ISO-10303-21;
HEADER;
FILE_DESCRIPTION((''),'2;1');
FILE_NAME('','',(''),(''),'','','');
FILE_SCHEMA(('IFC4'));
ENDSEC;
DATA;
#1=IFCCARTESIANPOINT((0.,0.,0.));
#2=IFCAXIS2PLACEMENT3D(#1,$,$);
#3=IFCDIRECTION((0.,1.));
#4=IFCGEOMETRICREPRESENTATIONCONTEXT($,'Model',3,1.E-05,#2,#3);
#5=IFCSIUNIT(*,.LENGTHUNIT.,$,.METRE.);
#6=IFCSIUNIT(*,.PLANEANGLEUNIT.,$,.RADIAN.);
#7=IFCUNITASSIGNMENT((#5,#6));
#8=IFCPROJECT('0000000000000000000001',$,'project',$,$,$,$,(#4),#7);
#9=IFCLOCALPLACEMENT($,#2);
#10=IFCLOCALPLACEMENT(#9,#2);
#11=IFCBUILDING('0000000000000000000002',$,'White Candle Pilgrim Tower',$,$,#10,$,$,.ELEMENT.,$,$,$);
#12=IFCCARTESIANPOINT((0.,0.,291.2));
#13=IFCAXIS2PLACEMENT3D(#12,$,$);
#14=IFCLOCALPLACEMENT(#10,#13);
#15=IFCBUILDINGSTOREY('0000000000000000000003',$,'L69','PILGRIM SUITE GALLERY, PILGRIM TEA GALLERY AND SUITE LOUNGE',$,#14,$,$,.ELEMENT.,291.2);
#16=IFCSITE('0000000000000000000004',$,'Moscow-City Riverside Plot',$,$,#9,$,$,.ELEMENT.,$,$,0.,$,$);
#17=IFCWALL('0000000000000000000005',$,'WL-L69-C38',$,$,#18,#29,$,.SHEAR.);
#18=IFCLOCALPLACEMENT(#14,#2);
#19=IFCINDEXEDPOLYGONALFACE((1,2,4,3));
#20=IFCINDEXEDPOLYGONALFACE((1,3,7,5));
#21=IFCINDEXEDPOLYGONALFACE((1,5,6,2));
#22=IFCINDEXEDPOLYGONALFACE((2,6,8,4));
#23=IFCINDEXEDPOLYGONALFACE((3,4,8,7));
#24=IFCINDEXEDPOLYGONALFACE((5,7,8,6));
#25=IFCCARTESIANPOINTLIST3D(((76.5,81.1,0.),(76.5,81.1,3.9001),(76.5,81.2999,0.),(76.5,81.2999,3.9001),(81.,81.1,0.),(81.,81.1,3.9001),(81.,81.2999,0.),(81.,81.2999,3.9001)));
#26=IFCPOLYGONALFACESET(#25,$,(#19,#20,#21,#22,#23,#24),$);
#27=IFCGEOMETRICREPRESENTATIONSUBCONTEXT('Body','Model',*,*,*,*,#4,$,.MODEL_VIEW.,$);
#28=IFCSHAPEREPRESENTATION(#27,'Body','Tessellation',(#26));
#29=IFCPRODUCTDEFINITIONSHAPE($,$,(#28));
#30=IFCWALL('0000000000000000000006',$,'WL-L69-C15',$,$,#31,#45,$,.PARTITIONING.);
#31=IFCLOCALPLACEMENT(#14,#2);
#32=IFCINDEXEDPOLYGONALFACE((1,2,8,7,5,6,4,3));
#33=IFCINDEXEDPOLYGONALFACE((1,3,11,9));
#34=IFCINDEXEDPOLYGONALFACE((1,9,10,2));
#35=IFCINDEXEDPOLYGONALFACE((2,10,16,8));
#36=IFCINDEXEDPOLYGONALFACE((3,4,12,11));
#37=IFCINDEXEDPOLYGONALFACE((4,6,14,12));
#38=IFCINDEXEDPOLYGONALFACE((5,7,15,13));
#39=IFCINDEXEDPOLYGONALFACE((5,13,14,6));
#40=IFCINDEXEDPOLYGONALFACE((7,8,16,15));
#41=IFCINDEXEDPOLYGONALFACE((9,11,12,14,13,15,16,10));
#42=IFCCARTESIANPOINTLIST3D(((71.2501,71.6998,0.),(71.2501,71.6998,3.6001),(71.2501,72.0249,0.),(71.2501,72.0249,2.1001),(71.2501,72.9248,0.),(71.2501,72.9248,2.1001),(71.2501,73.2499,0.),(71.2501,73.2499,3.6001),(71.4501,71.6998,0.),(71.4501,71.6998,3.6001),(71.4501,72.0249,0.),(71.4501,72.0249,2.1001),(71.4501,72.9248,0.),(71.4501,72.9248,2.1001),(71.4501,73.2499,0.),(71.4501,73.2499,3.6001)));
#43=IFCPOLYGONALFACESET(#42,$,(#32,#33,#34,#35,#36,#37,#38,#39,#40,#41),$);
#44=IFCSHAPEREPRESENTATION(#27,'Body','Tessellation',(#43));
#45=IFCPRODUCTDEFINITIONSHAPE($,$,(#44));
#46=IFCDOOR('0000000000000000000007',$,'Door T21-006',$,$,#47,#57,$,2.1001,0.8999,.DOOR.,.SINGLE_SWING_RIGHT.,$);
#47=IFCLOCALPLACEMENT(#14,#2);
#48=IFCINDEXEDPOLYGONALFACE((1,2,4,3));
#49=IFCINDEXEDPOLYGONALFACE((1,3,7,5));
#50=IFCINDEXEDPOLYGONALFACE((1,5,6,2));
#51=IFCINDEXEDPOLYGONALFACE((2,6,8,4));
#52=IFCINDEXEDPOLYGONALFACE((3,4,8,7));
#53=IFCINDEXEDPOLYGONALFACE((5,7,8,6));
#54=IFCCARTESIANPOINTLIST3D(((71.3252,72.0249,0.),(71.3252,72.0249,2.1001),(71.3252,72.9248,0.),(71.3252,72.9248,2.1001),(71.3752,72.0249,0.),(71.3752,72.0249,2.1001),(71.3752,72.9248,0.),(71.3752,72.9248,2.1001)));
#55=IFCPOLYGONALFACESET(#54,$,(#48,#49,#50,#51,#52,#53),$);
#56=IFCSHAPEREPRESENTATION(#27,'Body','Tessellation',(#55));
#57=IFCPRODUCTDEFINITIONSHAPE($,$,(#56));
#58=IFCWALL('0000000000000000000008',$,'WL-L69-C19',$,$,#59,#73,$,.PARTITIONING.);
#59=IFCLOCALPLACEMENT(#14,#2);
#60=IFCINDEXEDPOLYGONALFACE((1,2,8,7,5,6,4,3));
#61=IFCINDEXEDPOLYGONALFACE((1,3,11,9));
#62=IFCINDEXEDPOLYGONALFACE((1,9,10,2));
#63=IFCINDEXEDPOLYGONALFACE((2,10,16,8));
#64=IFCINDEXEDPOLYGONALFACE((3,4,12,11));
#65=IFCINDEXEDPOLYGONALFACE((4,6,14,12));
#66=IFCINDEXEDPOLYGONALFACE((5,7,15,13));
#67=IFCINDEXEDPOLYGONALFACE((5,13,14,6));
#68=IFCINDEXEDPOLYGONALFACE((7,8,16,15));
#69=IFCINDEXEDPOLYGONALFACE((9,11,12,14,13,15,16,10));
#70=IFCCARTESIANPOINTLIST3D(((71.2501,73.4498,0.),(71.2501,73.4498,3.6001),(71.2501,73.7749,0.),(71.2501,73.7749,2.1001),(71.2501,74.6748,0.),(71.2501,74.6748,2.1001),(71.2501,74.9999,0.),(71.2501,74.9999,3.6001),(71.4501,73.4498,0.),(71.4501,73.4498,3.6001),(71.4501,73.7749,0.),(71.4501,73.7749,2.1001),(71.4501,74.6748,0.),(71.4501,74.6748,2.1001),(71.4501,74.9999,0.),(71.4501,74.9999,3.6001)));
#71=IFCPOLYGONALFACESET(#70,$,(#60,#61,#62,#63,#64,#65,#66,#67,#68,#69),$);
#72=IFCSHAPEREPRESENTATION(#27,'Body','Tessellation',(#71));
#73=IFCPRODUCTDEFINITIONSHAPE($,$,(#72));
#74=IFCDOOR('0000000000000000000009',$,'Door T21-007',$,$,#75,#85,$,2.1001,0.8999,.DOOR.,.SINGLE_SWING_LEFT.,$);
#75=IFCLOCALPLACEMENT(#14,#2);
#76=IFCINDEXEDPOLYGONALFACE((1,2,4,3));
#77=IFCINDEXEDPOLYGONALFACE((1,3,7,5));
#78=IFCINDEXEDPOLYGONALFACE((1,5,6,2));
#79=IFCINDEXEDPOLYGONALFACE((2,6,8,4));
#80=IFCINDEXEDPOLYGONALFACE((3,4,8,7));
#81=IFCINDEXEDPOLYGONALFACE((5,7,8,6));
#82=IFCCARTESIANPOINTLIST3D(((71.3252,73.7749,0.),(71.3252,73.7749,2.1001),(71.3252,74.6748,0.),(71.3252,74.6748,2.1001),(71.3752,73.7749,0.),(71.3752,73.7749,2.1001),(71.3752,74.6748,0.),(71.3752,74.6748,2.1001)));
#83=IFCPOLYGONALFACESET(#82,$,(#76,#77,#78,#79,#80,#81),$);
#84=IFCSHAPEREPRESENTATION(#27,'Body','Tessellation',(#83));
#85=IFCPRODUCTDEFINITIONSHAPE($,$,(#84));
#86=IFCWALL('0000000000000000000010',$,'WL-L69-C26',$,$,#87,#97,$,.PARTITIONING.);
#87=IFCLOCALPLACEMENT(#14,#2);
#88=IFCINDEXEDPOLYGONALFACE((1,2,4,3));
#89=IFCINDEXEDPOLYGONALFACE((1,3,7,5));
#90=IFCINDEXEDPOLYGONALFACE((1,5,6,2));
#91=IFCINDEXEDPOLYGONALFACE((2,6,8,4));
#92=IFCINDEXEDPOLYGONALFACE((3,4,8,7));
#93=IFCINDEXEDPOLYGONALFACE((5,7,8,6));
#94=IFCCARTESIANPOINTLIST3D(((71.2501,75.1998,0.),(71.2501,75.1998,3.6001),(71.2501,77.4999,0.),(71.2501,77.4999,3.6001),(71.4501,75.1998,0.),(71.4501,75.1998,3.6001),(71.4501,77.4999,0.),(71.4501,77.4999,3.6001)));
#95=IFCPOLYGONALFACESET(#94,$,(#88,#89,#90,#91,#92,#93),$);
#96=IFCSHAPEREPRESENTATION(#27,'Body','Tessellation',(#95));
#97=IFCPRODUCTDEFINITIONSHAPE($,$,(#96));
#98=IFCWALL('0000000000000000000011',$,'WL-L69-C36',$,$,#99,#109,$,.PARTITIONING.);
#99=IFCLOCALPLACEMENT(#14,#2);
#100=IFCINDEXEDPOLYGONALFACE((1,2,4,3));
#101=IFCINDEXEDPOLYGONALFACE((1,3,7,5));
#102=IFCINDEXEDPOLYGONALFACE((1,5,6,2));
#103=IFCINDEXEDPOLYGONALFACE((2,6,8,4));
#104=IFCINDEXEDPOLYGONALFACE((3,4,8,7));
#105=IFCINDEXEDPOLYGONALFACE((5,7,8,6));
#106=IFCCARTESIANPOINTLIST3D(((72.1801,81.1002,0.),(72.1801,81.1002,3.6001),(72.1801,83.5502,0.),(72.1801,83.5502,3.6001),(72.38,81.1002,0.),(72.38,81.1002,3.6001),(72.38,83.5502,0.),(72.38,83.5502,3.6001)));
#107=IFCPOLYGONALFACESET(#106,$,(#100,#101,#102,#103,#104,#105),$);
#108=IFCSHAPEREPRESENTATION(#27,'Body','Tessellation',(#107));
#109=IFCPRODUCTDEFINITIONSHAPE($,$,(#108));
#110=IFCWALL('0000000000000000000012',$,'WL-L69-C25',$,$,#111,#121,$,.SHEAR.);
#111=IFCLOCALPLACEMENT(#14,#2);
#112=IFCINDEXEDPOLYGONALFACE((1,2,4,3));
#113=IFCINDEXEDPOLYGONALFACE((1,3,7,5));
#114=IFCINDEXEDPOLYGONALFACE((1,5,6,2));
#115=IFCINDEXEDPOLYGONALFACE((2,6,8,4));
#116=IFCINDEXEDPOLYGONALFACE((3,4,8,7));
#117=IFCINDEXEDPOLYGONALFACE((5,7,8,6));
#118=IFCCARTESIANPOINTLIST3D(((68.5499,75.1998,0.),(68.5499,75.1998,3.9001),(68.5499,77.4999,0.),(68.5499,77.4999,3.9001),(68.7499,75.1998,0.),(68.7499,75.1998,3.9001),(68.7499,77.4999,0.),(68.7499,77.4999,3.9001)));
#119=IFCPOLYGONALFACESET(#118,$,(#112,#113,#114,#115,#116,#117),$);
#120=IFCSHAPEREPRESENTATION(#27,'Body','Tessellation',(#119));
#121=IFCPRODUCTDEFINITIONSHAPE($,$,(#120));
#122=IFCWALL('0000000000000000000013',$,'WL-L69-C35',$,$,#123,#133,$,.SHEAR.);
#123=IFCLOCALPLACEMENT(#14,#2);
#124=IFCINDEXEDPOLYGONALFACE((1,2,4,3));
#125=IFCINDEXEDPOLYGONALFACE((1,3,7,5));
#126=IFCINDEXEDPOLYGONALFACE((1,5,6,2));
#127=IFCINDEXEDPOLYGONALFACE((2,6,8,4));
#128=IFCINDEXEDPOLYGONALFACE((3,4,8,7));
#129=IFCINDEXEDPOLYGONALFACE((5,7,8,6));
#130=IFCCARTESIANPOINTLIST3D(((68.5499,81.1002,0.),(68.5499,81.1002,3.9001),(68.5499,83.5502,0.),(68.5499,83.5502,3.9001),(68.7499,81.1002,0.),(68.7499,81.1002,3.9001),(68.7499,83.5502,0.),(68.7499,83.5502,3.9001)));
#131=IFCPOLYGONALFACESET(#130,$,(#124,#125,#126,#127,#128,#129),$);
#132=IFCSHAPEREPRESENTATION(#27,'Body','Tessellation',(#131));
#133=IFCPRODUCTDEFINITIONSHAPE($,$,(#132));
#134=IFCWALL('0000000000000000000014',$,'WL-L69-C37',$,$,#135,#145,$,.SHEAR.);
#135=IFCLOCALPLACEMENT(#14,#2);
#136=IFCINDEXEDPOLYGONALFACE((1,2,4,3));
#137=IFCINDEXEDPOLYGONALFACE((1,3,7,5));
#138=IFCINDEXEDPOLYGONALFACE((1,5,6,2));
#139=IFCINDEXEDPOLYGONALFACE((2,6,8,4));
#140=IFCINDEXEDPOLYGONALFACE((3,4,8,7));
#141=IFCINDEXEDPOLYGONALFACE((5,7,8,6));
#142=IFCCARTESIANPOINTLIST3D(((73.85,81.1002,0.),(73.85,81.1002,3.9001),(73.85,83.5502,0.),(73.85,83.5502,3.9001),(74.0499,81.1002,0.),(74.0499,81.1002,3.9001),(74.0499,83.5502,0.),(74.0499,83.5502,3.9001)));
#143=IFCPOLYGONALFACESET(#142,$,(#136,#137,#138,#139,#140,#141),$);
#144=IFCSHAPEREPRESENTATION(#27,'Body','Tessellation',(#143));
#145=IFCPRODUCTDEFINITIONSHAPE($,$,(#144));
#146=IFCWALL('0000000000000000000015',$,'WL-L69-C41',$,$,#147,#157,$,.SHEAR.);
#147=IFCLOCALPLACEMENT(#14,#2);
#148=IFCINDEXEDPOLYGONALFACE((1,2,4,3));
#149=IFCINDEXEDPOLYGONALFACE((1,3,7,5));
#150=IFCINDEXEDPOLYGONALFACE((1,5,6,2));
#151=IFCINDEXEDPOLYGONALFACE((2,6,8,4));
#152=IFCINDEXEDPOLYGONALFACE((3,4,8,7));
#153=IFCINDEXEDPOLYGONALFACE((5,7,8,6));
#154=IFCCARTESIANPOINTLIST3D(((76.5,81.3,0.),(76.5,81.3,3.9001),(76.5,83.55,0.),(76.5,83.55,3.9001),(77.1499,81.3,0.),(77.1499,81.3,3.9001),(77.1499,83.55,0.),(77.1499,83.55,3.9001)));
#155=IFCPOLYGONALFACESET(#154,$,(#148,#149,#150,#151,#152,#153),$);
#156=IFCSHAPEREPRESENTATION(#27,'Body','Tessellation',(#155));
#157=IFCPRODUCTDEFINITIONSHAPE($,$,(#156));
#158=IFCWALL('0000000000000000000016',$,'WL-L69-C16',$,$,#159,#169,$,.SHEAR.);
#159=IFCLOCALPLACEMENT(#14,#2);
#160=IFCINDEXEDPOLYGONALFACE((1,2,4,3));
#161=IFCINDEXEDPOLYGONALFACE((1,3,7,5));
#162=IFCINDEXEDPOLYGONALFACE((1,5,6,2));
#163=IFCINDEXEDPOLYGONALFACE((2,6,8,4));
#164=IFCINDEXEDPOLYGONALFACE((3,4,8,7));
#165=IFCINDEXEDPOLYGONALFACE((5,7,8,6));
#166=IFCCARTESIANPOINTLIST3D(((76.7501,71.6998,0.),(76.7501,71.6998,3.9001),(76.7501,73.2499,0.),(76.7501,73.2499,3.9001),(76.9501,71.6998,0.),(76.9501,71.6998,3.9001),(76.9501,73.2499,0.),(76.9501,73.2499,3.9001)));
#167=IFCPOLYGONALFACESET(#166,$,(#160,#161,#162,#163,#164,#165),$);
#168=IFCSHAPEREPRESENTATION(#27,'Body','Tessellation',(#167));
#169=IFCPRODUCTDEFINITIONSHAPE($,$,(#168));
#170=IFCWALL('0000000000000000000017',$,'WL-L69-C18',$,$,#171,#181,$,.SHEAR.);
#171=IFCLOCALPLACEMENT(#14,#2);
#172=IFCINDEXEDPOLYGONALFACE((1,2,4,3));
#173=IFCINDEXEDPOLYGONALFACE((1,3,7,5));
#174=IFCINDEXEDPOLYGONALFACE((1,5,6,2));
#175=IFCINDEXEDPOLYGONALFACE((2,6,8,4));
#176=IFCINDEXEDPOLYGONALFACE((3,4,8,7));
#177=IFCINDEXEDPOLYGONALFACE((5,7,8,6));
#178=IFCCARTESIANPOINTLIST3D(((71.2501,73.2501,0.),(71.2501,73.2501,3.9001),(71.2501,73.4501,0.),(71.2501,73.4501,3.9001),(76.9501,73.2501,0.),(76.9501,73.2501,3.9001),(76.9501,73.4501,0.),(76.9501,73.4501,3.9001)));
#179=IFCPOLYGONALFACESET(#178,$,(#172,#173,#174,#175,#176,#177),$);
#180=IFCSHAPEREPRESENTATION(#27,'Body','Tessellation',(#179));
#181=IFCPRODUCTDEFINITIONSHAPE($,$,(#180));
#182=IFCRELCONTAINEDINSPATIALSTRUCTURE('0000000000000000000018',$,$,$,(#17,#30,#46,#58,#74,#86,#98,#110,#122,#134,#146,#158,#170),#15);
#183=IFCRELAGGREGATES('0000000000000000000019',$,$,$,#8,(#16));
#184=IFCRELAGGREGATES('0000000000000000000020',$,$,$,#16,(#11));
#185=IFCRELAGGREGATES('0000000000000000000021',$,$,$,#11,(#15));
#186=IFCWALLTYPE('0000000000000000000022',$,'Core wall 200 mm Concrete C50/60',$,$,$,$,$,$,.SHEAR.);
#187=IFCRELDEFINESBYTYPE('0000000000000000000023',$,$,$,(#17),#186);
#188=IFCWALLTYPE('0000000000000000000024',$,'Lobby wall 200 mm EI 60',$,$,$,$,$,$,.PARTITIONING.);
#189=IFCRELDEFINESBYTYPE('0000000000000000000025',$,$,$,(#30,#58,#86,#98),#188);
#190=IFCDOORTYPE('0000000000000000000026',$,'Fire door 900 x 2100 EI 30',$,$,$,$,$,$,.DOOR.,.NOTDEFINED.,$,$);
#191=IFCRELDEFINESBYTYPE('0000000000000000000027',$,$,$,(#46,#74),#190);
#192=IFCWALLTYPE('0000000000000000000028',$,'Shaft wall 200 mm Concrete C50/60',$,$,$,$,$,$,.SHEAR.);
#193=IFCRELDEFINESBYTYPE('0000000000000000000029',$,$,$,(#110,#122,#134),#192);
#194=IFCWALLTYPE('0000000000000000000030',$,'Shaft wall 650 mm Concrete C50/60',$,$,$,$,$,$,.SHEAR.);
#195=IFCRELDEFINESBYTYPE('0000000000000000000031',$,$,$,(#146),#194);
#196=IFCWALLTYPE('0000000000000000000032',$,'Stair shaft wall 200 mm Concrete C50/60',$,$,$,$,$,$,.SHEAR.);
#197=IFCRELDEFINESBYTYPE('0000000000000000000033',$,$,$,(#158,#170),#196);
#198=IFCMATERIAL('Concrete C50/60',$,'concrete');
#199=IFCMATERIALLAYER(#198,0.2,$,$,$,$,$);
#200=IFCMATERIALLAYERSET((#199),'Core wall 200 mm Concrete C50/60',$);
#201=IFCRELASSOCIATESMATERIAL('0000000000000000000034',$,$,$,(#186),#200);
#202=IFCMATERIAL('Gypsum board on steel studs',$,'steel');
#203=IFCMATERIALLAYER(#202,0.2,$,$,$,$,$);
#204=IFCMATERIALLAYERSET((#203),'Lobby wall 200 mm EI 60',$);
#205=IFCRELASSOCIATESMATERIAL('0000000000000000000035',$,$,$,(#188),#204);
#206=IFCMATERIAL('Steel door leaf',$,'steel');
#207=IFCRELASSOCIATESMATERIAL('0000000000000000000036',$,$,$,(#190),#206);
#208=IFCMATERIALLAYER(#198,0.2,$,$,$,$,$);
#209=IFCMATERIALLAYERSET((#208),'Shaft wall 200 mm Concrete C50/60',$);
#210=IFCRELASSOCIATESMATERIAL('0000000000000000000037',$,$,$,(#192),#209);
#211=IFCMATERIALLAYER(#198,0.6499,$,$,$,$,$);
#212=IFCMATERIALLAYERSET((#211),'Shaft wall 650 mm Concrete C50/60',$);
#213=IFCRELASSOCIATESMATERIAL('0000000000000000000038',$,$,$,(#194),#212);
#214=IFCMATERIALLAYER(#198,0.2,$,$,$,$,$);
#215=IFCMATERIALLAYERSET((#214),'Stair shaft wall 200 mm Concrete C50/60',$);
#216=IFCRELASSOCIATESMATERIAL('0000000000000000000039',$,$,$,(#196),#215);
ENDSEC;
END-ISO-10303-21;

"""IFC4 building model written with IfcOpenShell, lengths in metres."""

from ifc_helpers import new_model, si_unit, direction, frame, frame_2d, origin, place, context, subcontext, project, spatial, rectangle, extrude, material, layer, layer_set, type_object, element, fill, save


model = new_model("IFC4")

# Units and contexts
model_context = context("Model", 3, precision=1e-05, world=origin(), true_north=direction((0.0, 1.0)))
body_context = subcontext(model_context, "Body", "Model", "MODEL_VIEW")
ifc_project = project(units=[si_unit("LENGTHUNIT", "METRE"), si_unit("PLANEANGLEUNIT", "RADIAN")], contexts=[model_context])

# Site, building, storey
site_placement = place(None, origin())
site = spatial("IfcSite", under=ifc_project, at=site_placement, Name="Moscow-City Riverside Plot", CompositionType="ELEMENT", RefElevation=0.0)
building_placement = place(site_placement, origin())
building = spatial("IfcBuilding", under=site, at=building_placement, Name="White Candle Pilgrim Tower", CompositionType="ELEMENT")
storey_placement = place(building_placement, frame((0.0, 0.0, 291.2)))
storey = spatial("IfcBuildingStorey", under=building, at=storey_placement, Name="L69", Description="PILGRIM SUITE GALLERY, PILGRIM TEA GALLERY AND SUITE LOUNGE", CompositionType="ELEMENT", Elevation=291.2)

# Wall
ifc_material_1 = material(Name="Concrete C50/60", Category="concrete")
ifc_layer_1 = layer(ifc_material_1, 0.2)
ifc_layer_set_1 = layer_set([ifc_layer_1], Name="Core wall 200 mm Concrete C50/60")
wall_type_1 = type_object("IfcWallType", Name="Core wall 200 mm Concrete C50/60", PredefinedType="SHEAR", material=ifc_layer_set_1)
wall_1_placement = place(storey_placement, frame((76.5, 81.2, 0.0), z_axis=(0.0, 0.0, 1.0), x_axis=(1.0, 0.0, 0.0)))
element("IfcWall", 1, at=wall_1_placement, inside=storey, type_object=wall_type_1, Name="WL-L69-C38", PredefinedType="SHEAR", context=body_context, shape_type="SweptSolid", body=[
    extrude(rectangle(XDim=4.5, YDim=0.2, at=frame_2d((2.25, 0.0))), origin(), (0.0, 0.0, 1.0), 3.9001),
])

# Walls, openings, doors
ifc_material_2 = material(Name="Gypsum board on steel studs", Category="steel")
ifc_layer_2 = layer(ifc_material_2, 0.2)
ifc_layer_set_2 = layer_set([ifc_layer_2], Name="Lobby wall 200 mm EI 60")
wall_type_2 = type_object("IfcWallType", Name="Lobby wall 200 mm EI 60", PredefinedType="PARTITIONING", material=ifc_layer_set_2)
wall_2_placement = place(storey_placement, frame((71.3501, 71.7, 0.0), z_axis=(0.0, 0.0, 1.0), x_axis=(0.0, 1.0, 0.0)))
wall_2 = element("IfcWall", 2, at=wall_2_placement, inside=storey, type_object=wall_type_2, Name="WL-L69-C15", PredefinedType="PARTITIONING", context=body_context, shape_type="SweptSolid", body=[
    extrude(rectangle(XDim=1.55, YDim=0.2, at=frame_2d((0.7749, 0.0))), origin(), (0.0, 0.0, 1.0), 3.6001),
])
opening_1_placement = place(wall_2_placement, frame((0.325, 0.0, 0.0)))
opening_1 = element("IfcOpeningElement", 3, at=opening_1_placement, cuts=wall_2, PredefinedType="OPENING", context=body_context, shape_type="SweptSolid", body=[
    extrude(rectangle(XDim=0.8999, YDim=2.1001, at=frame_2d((0.45, 1.05))), frame((0.0, 0.1099, 0.0), z_axis=(0.0, -1.0, 0.0), x_axis=(1.0, 0.0, 0.0)), (0.0, 0.0, 1.0), 0.22),
])
ifc_material_3 = material(Name="Steel door leaf", Category="steel")
door_type = type_object("IfcDoorType", Name="Fire door 900 x 2100 EI 30", OperationType="NOTDEFINED", PredefinedType="DOOR", material=ifc_material_3)
door_1_placement = place(opening_1_placement, origin())
door_1 = element("IfcDoor", 4, at=door_1_placement, inside=storey, type_object=door_type, Name="Door T21-006", OperationType="SINGLE_SWING_RIGHT", OverallHeight=2.1001, OverallWidth=0.8999, PredefinedType="DOOR", context=body_context, shape_type="SweptSolid", body=[
    extrude(rectangle(XDim=0.8999, YDim=2.1001, at=frame_2d((0.45, 1.05))), frame((0.0, 0.0249, 0.0), z_axis=(0.0, -1.0, 0.0), x_axis=(1.0, 0.0, 0.0)), (0.0, 0.0, 1.0), 0.05),
])
fill(opening_1, door_1)
wall_3_placement = place(storey_placement, frame((71.3501, 73.45, 0.0), z_axis=(0.0, 0.0, 1.0), x_axis=(0.0, 1.0, 0.0)))
wall_3 = element("IfcWall", 5, at=wall_3_placement, inside=storey, type_object=wall_type_2, Name="WL-L69-C19", PredefinedType="PARTITIONING", context=body_context, shape_type="SweptSolid", body=[
    extrude(rectangle(XDim=1.55, YDim=0.2, at=frame_2d((0.7749, 0.0))), origin(), (0.0, 0.0, 1.0), 3.6001),
])
opening_2_placement = place(wall_3_placement, frame((0.325, 0.0, 0.0)))
opening_2 = element("IfcOpeningElement", 6, at=opening_2_placement, cuts=wall_3, PredefinedType="OPENING", context=body_context, shape_type="SweptSolid", body=[
    extrude(rectangle(XDim=0.8999, YDim=2.1001, at=frame_2d((0.45, 1.05))), frame((0.0, 0.1099, 0.0), z_axis=(0.0, -1.0, 0.0), x_axis=(1.0, 0.0, 0.0)), (0.0, 0.0, 1.0), 0.22),
])
door_2_placement = place(opening_2_placement, origin())
door_2 = element("IfcDoor", 7, at=door_2_placement, inside=storey, type_object=door_type, Name="Door T21-007", OperationType="SINGLE_SWING_LEFT", OverallHeight=2.1001, OverallWidth=0.8999, PredefinedType="DOOR", context=body_context, shape_type="SweptSolid", body=[
    extrude(rectangle(XDim=0.8999, YDim=2.1001, at=frame_2d((0.45, 1.05))), frame((0.0, 0.0249, 0.0), z_axis=(0.0, -1.0, 0.0), x_axis=(1.0, 0.0, 0.0)), (0.0, 0.0, 1.0), 0.05),
])
fill(opening_2, door_2)

# Walls
wall_4_placement = place(storey_placement, frame((71.3501, 75.2, 0.0), z_axis=(0.0, 0.0, 1.0), x_axis=(0.0, 1.0, 0.0)))
element("IfcWall", 8, at=wall_4_placement, inside=storey, type_object=wall_type_2, Name="WL-L69-C26", PredefinedType="PARTITIONING", context=body_context, shape_type="SweptSolid", body=[
    extrude(rectangle(XDim=2.3, YDim=0.2, at=frame_2d((1.1499, 0.0))), origin(), (0.0, 0.0, 1.0), 3.6001),
])
wall_5_placement = place(storey_placement, frame((72.28, 81.1001, 0.0), z_axis=(0.0, 0.0, 1.0), x_axis=(0.0, 1.0, 0.0)))
element("IfcWall", 9, at=wall_5_placement, inside=storey, type_object=wall_type_2, Name="WL-L69-C36", PredefinedType="PARTITIONING", context=body_context, shape_type="SweptSolid", body=[
    extrude(rectangle(XDim=2.45, YDim=0.2, at=frame_2d((1.2251, 0.0))), origin(), (0.0, 0.0, 1.0), 3.6001),
])
ifc_layer_3 = layer(ifc_material_1, 0.2)
ifc_layer_set_3 = layer_set([ifc_layer_3], Name="Shaft wall 200 mm Concrete C50/60")
wall_type_3 = type_object("IfcWallType", Name="Shaft wall 200 mm Concrete C50/60", PredefinedType="SHEAR", material=ifc_layer_set_3)
wall_6_placement = place(storey_placement, frame((68.6499, 75.2, 0.0), z_axis=(0.0, 0.0, 1.0), x_axis=(0.0, 1.0, 0.0)))
element("IfcWall", 10, at=wall_6_placement, inside=storey, type_object=wall_type_3, Name="WL-L69-C25", PredefinedType="SHEAR", context=body_context, shape_type="SweptSolid", body=[
    extrude(rectangle(XDim=2.3, YDim=0.2, at=frame_2d((1.1499, 0.0))), origin(), (0.0, 0.0, 1.0), 3.9001),
])
for number, where, z_axis, x_axis, name in (
    (11, (68.6499, 81.1001, 0.0), (0.0, 0.0, 1.0), (0.0, 1.0, 0.0), "WL-L69-C35"),
    (12, (73.95, 81.1001, 0.0), (0.0, 0.0, 1.0), (0.0, 1.0, 0.0), "WL-L69-C37"),
):
    element("IfcWall", number, at=place(storey_placement, frame(where, z_axis=z_axis, x_axis=x_axis)), inside=storey, type_object=wall_type_3, Name=name, PredefinedType="SHEAR", context=body_context, shape_type="SweptSolid", body=[
        extrude(rectangle(XDim=2.45, YDim=0.2, at=frame_2d((1.2251, 0.0))), origin(), (0.0, 0.0, 1.0), 3.9001),
    ])
ifc_layer_4 = layer(ifc_material_1, 0.6499)
ifc_layer_set_4 = layer_set([ifc_layer_4], Name="Shaft wall 650 mm Concrete C50/60")
wall_type_4 = type_object("IfcWallType", Name="Shaft wall 650 mm Concrete C50/60", PredefinedType="SHEAR", material=ifc_layer_set_4)
wall_7_placement = place(storey_placement, frame((76.825, 81.3, 0.0), z_axis=(0.0, 0.0, 1.0), x_axis=(0.0, 1.0, 0.0)))
element("IfcWall", 13, at=wall_7_placement, inside=storey, type_object=wall_type_4, Name="WL-L69-C41", PredefinedType="SHEAR", context=body_context, shape_type="SweptSolid", body=[
    extrude(rectangle(XDim=2.25, YDim=0.6499, at=frame_2d((1.125, 0.0))), origin(), (0.0, 0.0, 1.0), 3.9001),
])
ifc_layer_5 = layer(ifc_material_1, 0.2)
ifc_layer_set_5 = layer_set([ifc_layer_5], Name="Stair shaft wall 200 mm Concrete C50/60")
wall_type_5 = type_object("IfcWallType", Name="Stair shaft wall 200 mm Concrete C50/60", PredefinedType="SHEAR", material=ifc_layer_set_5)
wall_8_placement = place(storey_placement, frame((76.8501, 71.7, 0.0), z_axis=(0.0, 0.0, 1.0), x_axis=(0.0, 1.0, 0.0)))
element("IfcWall", 14, at=wall_8_placement, inside=storey, type_object=wall_type_5, Name="WL-L69-C16", PredefinedType="SHEAR", context=body_context, shape_type="SweptSolid", body=[
    extrude(rectangle(XDim=1.55, YDim=0.2, at=frame_2d((0.7749, 0.0))), origin(), (0.0, 0.0, 1.0), 3.9001),
])
wall_9_placement = place(storey_placement, frame((71.25, 73.3501, 0.0), z_axis=(0.0, 0.0, 1.0), x_axis=(1.0, 0.0, 0.0)))
element("IfcWall", 15, at=wall_9_placement, inside=storey, type_object=wall_type_5, Name="WL-L69-C18", PredefinedType="SHEAR", context=body_context, shape_type="SweptSolid", body=[
    extrude(rectangle(XDim=5.7, YDim=0.2, at=frame_2d((2.8501, 0.0))), origin(), (0.0, 0.0, 1.0), 3.9001),
])

save(model, "model.ifc")
